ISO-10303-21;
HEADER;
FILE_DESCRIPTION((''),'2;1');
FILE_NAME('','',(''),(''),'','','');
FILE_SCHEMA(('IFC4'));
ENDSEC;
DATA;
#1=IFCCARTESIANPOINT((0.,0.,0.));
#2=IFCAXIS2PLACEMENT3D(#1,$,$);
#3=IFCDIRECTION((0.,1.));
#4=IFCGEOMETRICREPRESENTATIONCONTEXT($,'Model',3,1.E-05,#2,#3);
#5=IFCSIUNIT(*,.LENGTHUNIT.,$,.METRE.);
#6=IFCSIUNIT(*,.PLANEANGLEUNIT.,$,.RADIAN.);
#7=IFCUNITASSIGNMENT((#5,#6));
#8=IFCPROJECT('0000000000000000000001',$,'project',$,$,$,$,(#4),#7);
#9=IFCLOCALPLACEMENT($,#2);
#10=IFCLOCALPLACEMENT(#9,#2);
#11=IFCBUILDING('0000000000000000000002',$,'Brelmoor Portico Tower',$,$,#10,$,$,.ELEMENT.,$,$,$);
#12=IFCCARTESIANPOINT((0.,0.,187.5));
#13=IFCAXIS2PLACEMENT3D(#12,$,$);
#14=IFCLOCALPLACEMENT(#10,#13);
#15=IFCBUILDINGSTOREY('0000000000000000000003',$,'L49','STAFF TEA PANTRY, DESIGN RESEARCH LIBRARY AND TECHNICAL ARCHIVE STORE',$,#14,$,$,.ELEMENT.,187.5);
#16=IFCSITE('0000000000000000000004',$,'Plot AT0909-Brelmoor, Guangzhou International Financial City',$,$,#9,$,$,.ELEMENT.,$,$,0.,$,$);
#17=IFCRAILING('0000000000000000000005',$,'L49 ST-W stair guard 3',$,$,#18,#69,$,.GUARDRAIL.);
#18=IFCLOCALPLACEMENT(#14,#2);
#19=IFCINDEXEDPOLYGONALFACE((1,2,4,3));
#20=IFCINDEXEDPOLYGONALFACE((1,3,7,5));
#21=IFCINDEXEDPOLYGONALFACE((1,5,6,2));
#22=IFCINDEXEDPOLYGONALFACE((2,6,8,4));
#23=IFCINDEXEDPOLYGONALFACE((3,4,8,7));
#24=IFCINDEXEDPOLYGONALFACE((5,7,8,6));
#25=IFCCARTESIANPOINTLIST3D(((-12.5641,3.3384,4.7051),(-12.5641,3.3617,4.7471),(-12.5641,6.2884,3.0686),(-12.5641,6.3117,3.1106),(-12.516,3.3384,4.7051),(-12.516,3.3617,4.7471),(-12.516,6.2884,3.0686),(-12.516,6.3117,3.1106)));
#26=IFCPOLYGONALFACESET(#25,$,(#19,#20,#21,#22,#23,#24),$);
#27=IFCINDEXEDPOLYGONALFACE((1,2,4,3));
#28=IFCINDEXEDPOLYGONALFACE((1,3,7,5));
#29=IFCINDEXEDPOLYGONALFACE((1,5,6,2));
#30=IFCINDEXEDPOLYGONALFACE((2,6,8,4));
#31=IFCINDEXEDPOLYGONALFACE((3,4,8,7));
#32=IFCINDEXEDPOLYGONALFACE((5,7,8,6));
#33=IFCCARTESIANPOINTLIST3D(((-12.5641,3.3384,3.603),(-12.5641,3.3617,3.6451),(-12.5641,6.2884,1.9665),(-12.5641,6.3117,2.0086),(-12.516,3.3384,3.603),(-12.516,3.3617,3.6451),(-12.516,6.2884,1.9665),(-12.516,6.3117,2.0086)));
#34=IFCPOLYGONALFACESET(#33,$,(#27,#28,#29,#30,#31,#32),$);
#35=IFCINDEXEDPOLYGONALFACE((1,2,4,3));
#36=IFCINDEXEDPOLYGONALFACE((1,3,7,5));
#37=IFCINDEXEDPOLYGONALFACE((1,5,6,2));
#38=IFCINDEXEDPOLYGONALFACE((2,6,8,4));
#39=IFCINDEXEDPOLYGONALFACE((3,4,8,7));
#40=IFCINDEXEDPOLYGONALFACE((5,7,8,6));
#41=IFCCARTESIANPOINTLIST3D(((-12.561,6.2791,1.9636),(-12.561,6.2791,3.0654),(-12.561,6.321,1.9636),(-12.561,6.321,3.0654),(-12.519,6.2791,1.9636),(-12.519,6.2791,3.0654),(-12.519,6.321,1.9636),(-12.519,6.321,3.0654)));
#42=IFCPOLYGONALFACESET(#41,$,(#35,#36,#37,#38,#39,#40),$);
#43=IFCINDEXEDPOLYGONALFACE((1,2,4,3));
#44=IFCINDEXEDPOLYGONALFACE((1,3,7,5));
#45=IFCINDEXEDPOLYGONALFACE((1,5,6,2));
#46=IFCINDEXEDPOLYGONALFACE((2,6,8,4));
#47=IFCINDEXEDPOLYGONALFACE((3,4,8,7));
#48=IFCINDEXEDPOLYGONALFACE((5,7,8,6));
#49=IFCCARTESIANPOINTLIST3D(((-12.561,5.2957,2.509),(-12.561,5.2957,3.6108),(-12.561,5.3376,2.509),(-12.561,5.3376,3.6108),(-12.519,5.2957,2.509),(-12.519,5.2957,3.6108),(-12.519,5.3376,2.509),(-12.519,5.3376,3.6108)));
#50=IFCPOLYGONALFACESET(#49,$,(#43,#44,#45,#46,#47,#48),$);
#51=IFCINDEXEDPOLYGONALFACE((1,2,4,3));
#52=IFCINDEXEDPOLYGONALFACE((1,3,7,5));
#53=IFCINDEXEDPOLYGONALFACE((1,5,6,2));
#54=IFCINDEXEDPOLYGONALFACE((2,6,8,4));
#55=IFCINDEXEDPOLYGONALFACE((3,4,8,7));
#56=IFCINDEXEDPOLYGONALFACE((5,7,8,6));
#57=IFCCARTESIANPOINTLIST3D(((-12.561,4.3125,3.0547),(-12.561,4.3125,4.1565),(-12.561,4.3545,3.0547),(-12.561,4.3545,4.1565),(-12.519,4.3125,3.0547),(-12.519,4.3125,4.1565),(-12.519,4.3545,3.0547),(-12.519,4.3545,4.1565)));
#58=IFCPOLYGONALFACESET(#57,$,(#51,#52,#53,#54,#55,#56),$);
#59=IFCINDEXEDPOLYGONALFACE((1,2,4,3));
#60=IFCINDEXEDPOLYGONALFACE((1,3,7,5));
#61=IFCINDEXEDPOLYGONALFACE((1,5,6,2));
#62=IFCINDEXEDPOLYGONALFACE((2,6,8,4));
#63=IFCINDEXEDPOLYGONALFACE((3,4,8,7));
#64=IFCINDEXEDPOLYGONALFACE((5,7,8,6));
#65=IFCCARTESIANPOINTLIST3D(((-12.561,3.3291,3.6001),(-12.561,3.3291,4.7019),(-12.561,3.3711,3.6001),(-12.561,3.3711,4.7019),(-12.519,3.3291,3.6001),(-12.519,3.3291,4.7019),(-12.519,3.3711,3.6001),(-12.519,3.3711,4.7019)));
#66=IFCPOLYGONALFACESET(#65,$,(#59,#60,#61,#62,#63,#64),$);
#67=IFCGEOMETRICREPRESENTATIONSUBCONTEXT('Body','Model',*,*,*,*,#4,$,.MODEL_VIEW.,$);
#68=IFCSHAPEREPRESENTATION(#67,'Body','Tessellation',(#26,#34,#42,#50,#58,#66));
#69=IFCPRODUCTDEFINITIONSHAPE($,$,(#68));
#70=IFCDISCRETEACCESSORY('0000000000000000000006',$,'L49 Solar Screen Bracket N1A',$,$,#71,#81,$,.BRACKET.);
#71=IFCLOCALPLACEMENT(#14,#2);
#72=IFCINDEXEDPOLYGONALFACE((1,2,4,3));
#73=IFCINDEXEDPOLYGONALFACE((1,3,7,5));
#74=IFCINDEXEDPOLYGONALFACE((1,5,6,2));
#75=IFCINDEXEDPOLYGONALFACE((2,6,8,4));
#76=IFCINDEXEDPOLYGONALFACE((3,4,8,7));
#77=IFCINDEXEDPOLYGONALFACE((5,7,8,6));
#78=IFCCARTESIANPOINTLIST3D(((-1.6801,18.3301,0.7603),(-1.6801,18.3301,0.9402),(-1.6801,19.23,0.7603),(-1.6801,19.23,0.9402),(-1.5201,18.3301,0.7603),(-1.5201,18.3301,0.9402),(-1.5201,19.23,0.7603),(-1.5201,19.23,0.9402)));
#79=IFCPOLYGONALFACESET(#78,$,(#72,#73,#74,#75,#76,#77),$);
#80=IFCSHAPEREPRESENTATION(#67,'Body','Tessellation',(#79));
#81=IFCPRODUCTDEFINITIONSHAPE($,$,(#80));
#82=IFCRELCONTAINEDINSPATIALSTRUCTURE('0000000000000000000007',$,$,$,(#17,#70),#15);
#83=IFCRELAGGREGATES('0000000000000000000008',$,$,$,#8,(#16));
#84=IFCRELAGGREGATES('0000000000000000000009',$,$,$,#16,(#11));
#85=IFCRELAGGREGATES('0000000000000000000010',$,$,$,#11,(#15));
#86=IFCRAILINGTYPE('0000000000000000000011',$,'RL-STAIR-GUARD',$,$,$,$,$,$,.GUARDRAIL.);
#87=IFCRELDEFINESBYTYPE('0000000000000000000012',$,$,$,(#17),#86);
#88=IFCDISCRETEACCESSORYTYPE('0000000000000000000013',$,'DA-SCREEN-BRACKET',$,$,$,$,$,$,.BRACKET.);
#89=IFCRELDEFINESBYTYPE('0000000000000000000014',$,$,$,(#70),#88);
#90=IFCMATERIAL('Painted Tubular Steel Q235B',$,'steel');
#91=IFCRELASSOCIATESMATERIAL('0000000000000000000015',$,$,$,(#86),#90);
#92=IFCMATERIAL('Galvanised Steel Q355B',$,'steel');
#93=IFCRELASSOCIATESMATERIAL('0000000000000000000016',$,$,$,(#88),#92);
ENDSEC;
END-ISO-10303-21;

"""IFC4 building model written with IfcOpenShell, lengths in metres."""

from ifc_helpers import new_model, si_unit, direction, frame, origin, origin_2d, place, context, subcontext, project, spatial, rectangle, extrude, material, type_object, element, save


model = new_model("IFC4")

# Units and contexts
model_context = context("Model", 3, precision=1e-05, world=origin(), true_north=direction((0.0, 1.0)))
body_context = subcontext(model_context, "Body", "Model", "MODEL_VIEW")
ifc_project = project(units=[si_unit("LENGTHUNIT", "METRE"), si_unit("PLANEANGLEUNIT", "RADIAN")], contexts=[model_context])

# Site, building, storey
site_placement = place(None, origin())
site = spatial("IfcSite", under=ifc_project, at=site_placement, Name="Plot AT0909-Brelmoor, Guangzhou International Financial City", CompositionType="ELEMENT", RefElevation=0.0)
building_placement = place(site_placement, origin())
building = spatial("IfcBuilding", under=site, at=building_placement, Name="Brelmoor Portico Tower", CompositionType="ELEMENT")
storey_placement = place(building_placement, frame((0.0, 0.0, 187.5)))
storey = spatial("IfcBuildingStorey", under=building, at=storey_placement, Name="L49", Description="STAFF TEA PANTRY, DESIGN RESEARCH LIBRARY AND TECHNICAL ARCHIVE STORE", CompositionType="ELEMENT", Elevation=187.5)

# Railing
ifc_material_1 = material(Name="Painted Tubular Steel Q235B", Category="steel")
railing_type = type_object("IfcRailingType", Name="RL-STAIR-GUARD", PredefinedType="GUARDRAIL", material=ifc_material_1)
railing_1_placement = place(storey_placement, frame((-12.54, 6.3, 1.9636)))
element("IfcRailing", 1, at=railing_1_placement, inside=storey, type_object=railing_type, Name="L49 ST-W stair guard 3", PredefinedType="GUARDRAIL", context=body_context, shape_type="SweptSolid", body=[
    extrude(rectangle(XDim=0.0481, YDim=0.0481, at=origin_2d()), frame((0.0, 0.0, 1.126), z_axis=(0.0, -0.874458, 0.485102), x_axis=(1.0, 0.0, 0.0)), (0.0, 0.0, 1.0), 3.3735),
    extrude(rectangle(XDim=0.0481, YDim=0.0481, at=origin_2d()), frame((0.0, 0.0, 0.0239), z_axis=(0.0, -0.874458, 0.485102), x_axis=(1.0, 0.0, 0.0)), (0.0, 0.0, 1.0), 3.3735),
    extrude(rectangle(XDim=0.042, YDim=0.042, at=origin_2d()), origin(), (0.0, 0.0, 1.0), 1.1018),
    extrude(rectangle(XDim=0.042, YDim=0.042, at=origin_2d()), frame((0.0, -0.9834, 0.5454)), (0.0, 0.0, 1.0), 1.1018),
    extrude(rectangle(XDim=0.042, YDim=0.042, at=origin_2d()), frame((0.0, -1.9666, 1.0911)), (0.0, 0.0, 1.0), 1.1018),
    extrude(rectangle(XDim=0.042, YDim=0.042, at=origin_2d()), frame((0.0, -2.95, 1.6365)), (0.0, 0.0, 1.0), 1.1018),
])

# Discrete accessory
ifc_material_2 = material(Name="Galvanised Steel Q355B", Category="steel")
discrete_accessory_type = type_object("IfcDiscreteAccessoryType", Name="DA-SCREEN-BRACKET", PredefinedType="BRACKET", material=ifc_material_2)
discrete_accessory_placement = place(storey_placement, frame((-1.6001, 18.78, 0.7603), z_axis=(0.0, 0.0, 1.0), x_axis=(1.0, 0.0, 0.0)))
element("IfcDiscreteAccessory", 2, at=discrete_accessory_placement, inside=storey, type_object=discrete_accessory_type, Name="L49 Solar Screen Bracket N1A", PredefinedType="BRACKET", context=body_context, shape_type="SweptSolid", body=[
    extrude(rectangle(XDim=0.1599, YDim=0.8999, at=origin_2d()), origin(), (0.0, 0.0, 1.0), 0.1799),
])

save(model, "model.ifc")
